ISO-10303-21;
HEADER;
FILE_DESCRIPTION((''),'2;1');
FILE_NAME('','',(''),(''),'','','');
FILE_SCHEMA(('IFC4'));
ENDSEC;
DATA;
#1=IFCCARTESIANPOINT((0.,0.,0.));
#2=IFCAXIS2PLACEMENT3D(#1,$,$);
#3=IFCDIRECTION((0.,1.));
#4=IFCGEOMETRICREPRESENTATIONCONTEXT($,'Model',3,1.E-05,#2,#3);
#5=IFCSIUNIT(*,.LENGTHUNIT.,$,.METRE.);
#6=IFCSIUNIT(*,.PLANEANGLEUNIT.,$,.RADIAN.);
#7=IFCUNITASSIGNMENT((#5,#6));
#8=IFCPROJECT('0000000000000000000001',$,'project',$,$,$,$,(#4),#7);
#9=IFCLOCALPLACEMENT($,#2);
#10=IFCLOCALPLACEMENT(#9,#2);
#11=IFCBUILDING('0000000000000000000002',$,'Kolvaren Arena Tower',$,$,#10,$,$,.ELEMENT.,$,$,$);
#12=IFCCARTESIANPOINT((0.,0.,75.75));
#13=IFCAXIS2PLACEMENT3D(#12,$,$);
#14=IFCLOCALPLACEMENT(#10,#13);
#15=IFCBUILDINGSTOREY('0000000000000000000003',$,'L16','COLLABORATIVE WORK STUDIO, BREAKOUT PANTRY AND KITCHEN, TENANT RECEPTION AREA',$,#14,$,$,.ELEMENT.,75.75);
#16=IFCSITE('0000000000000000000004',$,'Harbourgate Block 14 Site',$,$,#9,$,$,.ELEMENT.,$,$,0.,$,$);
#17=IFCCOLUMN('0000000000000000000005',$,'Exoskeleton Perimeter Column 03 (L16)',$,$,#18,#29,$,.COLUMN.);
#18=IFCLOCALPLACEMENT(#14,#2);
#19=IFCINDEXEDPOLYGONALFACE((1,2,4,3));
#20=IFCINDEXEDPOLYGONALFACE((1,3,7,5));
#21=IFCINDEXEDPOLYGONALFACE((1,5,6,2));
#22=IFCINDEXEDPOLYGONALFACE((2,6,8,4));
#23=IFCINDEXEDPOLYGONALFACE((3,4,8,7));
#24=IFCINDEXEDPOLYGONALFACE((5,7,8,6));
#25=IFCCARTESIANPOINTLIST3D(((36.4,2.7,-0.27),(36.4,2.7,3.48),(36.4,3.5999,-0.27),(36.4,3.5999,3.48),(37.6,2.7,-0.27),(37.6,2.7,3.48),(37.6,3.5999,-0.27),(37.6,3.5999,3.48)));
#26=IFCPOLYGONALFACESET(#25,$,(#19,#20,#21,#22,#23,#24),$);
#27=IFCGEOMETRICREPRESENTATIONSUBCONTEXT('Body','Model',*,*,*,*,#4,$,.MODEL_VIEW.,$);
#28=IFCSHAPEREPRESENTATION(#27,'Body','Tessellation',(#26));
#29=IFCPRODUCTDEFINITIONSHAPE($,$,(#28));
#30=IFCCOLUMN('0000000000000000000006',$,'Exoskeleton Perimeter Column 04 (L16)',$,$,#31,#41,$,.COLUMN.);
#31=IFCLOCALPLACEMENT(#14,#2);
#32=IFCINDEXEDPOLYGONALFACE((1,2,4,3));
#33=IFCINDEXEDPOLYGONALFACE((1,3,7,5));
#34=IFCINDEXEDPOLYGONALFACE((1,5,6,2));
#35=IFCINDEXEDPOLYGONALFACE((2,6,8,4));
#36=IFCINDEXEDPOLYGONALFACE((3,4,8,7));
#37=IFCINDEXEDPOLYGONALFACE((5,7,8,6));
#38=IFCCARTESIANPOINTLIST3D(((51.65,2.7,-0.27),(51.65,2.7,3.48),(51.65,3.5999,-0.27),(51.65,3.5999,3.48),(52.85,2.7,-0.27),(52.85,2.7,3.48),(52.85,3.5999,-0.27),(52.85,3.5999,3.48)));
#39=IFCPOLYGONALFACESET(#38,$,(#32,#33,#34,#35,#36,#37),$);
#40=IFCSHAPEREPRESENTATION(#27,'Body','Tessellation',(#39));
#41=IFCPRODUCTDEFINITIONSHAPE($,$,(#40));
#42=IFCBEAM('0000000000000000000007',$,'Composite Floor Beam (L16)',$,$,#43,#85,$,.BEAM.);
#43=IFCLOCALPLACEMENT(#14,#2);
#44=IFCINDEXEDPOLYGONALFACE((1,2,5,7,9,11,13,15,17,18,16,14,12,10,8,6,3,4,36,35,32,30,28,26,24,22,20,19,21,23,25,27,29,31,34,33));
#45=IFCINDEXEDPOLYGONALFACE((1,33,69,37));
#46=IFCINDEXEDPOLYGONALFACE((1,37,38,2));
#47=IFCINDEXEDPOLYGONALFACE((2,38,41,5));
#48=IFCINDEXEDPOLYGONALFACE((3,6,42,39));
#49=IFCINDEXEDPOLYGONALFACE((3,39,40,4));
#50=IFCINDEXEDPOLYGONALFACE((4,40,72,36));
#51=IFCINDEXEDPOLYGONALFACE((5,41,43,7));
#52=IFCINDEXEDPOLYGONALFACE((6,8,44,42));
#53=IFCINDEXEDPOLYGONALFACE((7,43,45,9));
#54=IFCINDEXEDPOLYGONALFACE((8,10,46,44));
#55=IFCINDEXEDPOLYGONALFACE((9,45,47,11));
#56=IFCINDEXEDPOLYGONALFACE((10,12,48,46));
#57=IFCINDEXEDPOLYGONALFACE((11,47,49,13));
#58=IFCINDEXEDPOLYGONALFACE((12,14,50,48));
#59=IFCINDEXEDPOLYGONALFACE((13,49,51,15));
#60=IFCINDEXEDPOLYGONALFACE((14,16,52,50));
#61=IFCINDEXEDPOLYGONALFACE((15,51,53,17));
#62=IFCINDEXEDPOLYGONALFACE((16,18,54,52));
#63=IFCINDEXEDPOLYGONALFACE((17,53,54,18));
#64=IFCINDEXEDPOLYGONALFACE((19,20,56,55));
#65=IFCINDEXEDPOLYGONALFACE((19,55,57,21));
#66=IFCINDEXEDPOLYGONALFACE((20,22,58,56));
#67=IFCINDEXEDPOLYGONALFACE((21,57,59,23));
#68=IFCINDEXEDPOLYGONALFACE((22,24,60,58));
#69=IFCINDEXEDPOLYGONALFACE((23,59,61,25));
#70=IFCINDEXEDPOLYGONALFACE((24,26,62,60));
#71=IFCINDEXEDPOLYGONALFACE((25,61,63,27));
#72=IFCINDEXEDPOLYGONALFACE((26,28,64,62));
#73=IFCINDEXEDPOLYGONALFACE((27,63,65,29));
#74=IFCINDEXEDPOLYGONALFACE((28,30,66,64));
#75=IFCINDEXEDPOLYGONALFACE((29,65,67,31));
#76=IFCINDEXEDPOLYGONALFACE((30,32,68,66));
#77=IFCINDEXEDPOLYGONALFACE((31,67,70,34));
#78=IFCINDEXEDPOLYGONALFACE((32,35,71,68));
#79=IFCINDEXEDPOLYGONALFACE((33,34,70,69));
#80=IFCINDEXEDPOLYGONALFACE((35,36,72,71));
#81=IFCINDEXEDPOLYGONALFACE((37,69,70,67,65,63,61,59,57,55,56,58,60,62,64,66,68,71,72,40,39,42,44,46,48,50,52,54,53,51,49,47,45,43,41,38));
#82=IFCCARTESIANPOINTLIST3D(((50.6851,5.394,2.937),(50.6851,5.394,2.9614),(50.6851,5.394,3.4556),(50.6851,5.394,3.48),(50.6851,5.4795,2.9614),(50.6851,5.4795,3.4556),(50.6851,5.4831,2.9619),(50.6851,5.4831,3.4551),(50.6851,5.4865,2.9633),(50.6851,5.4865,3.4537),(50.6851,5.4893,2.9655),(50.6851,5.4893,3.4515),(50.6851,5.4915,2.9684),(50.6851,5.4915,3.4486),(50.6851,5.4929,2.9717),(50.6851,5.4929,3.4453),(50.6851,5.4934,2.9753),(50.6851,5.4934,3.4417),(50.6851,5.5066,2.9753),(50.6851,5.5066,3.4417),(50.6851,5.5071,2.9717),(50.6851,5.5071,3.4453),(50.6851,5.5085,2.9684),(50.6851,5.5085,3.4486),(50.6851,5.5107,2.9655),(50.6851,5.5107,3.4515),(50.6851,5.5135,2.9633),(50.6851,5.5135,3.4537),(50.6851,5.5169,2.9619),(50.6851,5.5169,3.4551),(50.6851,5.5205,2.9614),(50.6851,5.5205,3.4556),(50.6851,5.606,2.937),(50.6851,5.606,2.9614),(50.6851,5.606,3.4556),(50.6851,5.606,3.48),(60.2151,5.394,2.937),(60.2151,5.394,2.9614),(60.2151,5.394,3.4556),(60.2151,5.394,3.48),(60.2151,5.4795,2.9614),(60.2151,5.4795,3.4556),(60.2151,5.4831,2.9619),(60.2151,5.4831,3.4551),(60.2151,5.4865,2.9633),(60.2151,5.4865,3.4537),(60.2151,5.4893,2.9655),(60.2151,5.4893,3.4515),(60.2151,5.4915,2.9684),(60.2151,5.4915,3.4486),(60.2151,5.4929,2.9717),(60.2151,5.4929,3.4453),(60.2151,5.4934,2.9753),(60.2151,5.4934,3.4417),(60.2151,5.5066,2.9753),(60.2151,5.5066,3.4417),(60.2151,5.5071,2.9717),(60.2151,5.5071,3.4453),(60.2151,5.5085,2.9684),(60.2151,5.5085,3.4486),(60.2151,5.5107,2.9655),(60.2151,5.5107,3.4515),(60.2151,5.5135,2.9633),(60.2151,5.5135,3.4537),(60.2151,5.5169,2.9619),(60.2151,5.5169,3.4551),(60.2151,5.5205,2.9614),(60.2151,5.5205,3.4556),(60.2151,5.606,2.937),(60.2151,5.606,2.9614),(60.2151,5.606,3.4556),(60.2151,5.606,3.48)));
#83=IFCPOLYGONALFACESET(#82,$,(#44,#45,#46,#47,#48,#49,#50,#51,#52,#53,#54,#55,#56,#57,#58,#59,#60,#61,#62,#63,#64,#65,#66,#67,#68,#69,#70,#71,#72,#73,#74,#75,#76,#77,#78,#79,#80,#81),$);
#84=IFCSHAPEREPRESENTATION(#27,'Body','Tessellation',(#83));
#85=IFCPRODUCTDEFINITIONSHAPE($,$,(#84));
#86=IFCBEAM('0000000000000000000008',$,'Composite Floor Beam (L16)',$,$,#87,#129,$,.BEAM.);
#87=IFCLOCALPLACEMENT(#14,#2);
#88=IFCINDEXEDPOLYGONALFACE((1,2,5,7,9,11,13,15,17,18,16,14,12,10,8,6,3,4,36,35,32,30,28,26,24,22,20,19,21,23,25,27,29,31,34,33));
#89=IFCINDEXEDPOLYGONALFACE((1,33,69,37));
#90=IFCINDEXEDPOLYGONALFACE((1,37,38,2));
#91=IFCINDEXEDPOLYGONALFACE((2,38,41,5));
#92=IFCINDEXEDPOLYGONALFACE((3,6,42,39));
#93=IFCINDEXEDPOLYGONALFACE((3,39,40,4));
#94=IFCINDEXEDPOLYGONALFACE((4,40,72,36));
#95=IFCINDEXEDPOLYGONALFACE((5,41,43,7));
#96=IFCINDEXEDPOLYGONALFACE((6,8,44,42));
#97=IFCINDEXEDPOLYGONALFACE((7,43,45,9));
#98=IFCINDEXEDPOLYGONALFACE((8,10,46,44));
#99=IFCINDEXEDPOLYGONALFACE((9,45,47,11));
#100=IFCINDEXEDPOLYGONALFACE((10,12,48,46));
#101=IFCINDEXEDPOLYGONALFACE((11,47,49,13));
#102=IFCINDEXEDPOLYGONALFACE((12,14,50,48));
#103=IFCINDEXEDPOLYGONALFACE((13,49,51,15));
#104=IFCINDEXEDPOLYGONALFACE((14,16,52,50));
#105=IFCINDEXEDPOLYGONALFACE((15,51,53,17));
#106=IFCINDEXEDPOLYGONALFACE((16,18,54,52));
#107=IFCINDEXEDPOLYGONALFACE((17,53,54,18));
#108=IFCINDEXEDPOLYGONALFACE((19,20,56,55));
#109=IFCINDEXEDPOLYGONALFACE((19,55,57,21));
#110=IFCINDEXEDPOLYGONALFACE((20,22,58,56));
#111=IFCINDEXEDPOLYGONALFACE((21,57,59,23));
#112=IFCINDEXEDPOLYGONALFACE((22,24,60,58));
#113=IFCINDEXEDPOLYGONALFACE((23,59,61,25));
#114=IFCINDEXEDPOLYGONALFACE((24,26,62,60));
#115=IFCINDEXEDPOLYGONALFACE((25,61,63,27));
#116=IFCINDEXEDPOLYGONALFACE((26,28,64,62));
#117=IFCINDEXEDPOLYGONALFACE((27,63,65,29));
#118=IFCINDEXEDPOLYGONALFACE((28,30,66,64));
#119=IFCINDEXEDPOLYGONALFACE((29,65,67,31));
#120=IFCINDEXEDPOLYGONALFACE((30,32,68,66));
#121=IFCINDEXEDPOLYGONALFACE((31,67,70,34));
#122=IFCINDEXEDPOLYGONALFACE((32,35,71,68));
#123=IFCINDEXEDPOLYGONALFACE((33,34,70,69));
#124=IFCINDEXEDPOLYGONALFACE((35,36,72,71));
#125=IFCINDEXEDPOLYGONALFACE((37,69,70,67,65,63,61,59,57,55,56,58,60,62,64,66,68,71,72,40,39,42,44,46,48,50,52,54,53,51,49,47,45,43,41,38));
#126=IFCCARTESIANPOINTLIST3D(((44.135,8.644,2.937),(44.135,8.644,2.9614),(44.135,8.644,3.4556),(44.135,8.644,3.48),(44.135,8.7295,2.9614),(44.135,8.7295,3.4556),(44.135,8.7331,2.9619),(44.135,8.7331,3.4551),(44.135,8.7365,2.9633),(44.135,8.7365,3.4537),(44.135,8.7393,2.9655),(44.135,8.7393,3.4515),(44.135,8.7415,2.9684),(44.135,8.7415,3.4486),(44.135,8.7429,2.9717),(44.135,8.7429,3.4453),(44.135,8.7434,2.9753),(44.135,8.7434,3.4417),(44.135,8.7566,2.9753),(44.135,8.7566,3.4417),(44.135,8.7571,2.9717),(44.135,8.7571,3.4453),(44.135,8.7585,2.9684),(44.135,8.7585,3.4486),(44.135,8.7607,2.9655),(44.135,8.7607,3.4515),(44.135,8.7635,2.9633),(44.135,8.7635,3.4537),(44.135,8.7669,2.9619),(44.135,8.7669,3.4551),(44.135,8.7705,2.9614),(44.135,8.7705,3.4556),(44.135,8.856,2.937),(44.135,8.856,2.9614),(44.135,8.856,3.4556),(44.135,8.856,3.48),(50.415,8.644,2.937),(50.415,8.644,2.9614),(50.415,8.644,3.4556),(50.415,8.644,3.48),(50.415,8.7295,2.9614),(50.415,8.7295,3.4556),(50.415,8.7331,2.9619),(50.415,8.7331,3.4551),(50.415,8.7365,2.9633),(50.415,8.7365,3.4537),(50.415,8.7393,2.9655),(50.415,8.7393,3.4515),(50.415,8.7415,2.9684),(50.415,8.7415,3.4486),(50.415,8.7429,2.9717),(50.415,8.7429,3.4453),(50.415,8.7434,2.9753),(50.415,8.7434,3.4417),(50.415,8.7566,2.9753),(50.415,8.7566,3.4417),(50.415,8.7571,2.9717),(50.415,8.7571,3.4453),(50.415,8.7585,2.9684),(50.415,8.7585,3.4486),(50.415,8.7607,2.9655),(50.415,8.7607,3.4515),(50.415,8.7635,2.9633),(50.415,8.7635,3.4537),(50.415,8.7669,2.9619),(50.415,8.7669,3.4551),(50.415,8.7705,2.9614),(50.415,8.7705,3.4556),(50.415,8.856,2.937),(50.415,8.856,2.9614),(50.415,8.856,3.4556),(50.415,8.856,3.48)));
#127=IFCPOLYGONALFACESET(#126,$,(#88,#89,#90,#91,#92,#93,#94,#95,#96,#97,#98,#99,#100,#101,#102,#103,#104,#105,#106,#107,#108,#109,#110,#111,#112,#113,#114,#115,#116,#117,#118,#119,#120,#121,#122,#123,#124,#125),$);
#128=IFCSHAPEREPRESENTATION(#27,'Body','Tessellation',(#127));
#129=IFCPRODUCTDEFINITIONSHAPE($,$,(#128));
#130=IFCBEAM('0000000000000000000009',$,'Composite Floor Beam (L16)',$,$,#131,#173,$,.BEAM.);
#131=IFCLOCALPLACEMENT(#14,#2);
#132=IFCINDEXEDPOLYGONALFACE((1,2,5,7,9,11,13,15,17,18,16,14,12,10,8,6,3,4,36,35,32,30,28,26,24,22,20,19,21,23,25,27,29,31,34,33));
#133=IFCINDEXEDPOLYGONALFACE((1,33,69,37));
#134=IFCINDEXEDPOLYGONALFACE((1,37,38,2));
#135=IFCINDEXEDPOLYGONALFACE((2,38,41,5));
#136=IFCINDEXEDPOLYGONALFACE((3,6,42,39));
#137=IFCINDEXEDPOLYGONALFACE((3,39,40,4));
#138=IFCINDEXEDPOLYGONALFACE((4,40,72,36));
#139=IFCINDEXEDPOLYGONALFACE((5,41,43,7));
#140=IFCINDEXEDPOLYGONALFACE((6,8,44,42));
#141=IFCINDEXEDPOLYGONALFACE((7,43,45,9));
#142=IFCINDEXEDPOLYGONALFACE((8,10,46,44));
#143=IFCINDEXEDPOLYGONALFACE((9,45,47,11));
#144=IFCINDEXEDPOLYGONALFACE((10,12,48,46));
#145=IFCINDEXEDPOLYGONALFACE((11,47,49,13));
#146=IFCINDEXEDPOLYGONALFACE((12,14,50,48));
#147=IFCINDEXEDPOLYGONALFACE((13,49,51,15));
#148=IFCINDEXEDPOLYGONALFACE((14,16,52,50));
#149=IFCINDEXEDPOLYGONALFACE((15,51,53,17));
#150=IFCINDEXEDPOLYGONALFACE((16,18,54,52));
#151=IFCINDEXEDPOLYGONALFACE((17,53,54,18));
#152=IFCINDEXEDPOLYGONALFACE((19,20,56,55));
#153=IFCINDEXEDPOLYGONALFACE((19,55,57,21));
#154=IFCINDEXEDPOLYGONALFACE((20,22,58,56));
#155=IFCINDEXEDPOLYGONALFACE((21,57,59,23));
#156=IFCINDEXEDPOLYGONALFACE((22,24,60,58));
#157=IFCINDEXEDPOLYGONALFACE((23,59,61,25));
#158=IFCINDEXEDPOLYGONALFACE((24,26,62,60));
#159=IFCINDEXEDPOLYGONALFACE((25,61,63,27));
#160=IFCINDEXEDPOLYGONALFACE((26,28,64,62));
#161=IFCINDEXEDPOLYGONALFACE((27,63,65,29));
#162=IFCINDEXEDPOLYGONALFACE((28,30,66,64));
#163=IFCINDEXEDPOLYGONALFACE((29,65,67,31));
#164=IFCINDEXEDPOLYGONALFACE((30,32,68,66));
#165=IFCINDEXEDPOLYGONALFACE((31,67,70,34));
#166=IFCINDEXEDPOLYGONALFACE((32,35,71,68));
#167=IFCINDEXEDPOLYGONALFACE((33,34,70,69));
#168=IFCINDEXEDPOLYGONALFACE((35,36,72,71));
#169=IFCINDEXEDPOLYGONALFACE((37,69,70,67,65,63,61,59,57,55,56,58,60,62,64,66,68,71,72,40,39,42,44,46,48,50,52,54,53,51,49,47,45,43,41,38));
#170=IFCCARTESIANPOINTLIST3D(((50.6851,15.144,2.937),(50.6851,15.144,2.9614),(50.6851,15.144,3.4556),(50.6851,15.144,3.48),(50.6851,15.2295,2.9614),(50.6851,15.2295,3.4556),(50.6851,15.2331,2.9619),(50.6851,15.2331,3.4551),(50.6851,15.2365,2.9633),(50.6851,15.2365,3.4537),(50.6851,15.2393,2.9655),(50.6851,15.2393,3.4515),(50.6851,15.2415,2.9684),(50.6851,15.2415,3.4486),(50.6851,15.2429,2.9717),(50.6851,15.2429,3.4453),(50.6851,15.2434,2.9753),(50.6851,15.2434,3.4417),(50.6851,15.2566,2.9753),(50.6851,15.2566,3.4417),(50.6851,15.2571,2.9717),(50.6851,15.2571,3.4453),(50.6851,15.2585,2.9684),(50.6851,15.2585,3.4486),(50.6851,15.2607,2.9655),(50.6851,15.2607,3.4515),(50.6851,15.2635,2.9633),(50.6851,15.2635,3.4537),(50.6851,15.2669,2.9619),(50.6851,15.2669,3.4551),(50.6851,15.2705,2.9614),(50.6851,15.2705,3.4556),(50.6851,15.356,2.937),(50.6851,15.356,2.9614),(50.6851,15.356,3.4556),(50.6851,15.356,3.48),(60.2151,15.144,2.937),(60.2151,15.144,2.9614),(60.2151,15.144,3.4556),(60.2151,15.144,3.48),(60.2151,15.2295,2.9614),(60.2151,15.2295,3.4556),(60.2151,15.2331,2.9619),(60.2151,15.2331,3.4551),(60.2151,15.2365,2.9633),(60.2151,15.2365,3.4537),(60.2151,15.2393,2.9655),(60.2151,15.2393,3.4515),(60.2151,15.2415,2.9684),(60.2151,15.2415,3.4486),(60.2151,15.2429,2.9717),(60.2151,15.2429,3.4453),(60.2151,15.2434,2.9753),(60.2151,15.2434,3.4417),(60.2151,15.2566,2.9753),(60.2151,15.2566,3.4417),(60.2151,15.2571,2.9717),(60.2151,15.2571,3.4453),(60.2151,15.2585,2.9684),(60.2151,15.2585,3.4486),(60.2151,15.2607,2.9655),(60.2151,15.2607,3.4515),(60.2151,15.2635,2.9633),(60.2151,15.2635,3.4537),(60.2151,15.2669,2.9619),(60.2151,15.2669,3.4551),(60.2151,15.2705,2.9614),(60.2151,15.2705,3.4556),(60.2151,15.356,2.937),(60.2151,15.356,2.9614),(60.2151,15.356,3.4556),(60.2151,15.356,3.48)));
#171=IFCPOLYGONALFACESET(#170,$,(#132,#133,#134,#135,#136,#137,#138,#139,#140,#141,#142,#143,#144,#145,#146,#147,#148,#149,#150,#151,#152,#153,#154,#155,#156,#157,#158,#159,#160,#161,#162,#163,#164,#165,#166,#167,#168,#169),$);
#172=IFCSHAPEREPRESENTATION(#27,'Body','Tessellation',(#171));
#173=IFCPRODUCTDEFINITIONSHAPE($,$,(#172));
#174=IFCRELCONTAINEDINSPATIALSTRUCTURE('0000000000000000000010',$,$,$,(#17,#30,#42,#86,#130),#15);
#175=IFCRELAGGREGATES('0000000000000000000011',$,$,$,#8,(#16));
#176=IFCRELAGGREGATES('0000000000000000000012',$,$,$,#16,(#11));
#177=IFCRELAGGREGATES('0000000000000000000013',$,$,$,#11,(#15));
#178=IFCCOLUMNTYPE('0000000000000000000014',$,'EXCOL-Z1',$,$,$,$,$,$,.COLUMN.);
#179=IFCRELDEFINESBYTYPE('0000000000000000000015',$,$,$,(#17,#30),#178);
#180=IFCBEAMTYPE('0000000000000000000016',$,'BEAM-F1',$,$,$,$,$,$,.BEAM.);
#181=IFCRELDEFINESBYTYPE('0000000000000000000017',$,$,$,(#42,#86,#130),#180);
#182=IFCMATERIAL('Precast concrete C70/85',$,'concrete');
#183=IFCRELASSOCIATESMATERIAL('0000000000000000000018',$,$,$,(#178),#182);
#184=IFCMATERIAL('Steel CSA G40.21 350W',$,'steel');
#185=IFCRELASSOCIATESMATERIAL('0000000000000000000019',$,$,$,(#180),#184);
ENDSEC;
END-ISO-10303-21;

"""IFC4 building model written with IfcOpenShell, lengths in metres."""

from ifc_helpers import new_model, si_unit, direction, frame, origin, origin_2d, place, context, subcontext, project, spatial, rectangle, i_section, extrude, material, material_profile, profile_set, type_object, element, save


model = new_model("IFC4")

# Units and contexts
model_context = context("Model", 3, precision=1e-05, world=origin(), true_north=direction((0.0, 1.0)))
body_context = subcontext(model_context, "Body", "Model", "MODEL_VIEW")
ifc_project = project(units=[si_unit("LENGTHUNIT", "METRE"), si_unit("PLANEANGLEUNIT", "RADIAN")], contexts=[model_context])

# Site, building, storey
site_placement = place(None, origin())
site = spatial("IfcSite", under=ifc_project, at=site_placement, Name="Harbourgate Block 14 Site", CompositionType="ELEMENT", RefElevation=0.0)
building_placement = place(site_placement, origin())
building = spatial("IfcBuilding", under=site, at=building_placement, Name="Kolvaren Arena Tower", CompositionType="ELEMENT")
storey_placement = place(building_placement, frame((0.0, 0.0, 75.75)))
storey = spatial("IfcBuildingStorey", under=building, at=storey_placement, Name="L16", Description="COLLABORATIVE WORK STUDIO, BREAKOUT PANTRY AND KITCHEN, TENANT RECEPTION AREA", CompositionType="ELEMENT", Elevation=75.75)

# Columns
ifc_material_1 = material(Name="Precast concrete C70/85", Category="concrete")
ifc_material_profile_1 = material_profile(ifc_material_1, rectangle(XDim=1.2, YDim=0.8999, at=origin_2d()), Name="RC-1200x900")
ifc_profile_set_1 = profile_set([ifc_material_profile_1], Name="Precast concrete C70/85")
column_type = type_object("IfcColumnType", Name="EXCOL-Z1", PredefinedType="COLUMN", material=ifc_profile_set_1)
for number, where, z_axis, x_axis, name in (
    (1, (37.0, 3.1499, -0.27), (0.0, 0.0, 1.0), (1.0, 0.0, 0.0), "Exoskeleton Perimeter Column 03 (L16)"),
    (2, (52.25, 3.1499, -0.27), (0.0, 0.0, 1.0), (1.0, 0.0, 0.0), "Exoskeleton Perimeter Column 04 (L16)"),
):
    element("IfcColumn", number, at=place(storey_placement, frame(where, z_axis=z_axis, x_axis=x_axis)), inside=storey, type_object=column_type, Name=name, PredefinedType="COLUMN", context=body_context, shape_type="SweptSolid", body=[
        extrude(rectangle(XDim=1.2, YDim=0.8999, at=origin_2d()), origin(), (0.0, 0.0, 1.0), 3.75),
    ])

# Beams
ifc_material_2 = material(Name="Steel CSA G40.21 350W", Category="steel")
ifc_material_profile_2 = material_profile(ifc_material_2, i_section(OverallWidth=0.2119, OverallDepth=0.543, WebThickness=0.0132, FlangeThickness=0.0244, FilletRadius=0.0139, at=origin_2d()), Name="W530x150")
ifc_profile_set_2 = profile_set([ifc_material_profile_2], Name="Steel CSA G40.21 350W")
beam_type_1 = type_object("IfcBeamType", Name="BEAM-F1", PredefinedType="BEAM", material=ifc_profile_set_2)
beam_1_placement = place(storey_placement, frame((50.6851, 5.5, 3.2085), z_axis=(1.0, 0.0, 0.0), x_axis=(0.0, 1.0, 0.0)))
element("IfcBeam", 3, at=beam_1_placement, inside=storey, type_object=beam_type_1, Name="Composite Floor Beam (L16)", PredefinedType="BEAM", context=body_context, shape_type="SweptSolid", body=[
    extrude(i_section(OverallWidth=0.2119, OverallDepth=0.543, WebThickness=0.0132, FlangeThickness=0.0244, FilletRadius=0.0139, at=origin_2d()), origin(), (0.0, 0.0, 1.0), 9.53),
])
beam_2_placement = place(storey_placement, frame((44.135, 8.75, 3.2085), z_axis=(1.0, 0.0, 0.0), x_axis=(0.0, 1.0, 0.0)))
element("IfcBeam", 4, at=beam_2_placement, inside=storey, type_object=beam_type_1, Name="Composite Floor Beam (L16)", PredefinedType="BEAM", context=body_context, shape_type="SweptSolid", body=[
    extrude(i_section(OverallWidth=0.2119, OverallDepth=0.543, WebThickness=0.0132, FlangeThickness=0.0244, FilletRadius=0.0139, at=origin_2d()), origin(), (0.0, 0.0, 1.0), 6.28),
])
beam_3_placement = place(storey_placement, frame((50.6851, 15.25, 3.2085), z_axis=(1.0, 0.0, 0.0), x_axis=(0.0, 1.0, 0.0)))
element("IfcBeam", 5, at=beam_3_placement, inside=storey, type_object=beam_type_1, Name="Composite Floor Beam (L16)", PredefinedType="BEAM", context=body_context, shape_type="SweptSolid", body=[
    extrude(i_section(OverallWidth=0.2119, OverallDepth=0.543, WebThickness=0.0132, FlangeThickness=0.0244, FilletRadius=0.0139, at=origin_2d()), origin(), (0.0, 0.0, 1.0), 9.53),
])

save(model, "model.ifc")
